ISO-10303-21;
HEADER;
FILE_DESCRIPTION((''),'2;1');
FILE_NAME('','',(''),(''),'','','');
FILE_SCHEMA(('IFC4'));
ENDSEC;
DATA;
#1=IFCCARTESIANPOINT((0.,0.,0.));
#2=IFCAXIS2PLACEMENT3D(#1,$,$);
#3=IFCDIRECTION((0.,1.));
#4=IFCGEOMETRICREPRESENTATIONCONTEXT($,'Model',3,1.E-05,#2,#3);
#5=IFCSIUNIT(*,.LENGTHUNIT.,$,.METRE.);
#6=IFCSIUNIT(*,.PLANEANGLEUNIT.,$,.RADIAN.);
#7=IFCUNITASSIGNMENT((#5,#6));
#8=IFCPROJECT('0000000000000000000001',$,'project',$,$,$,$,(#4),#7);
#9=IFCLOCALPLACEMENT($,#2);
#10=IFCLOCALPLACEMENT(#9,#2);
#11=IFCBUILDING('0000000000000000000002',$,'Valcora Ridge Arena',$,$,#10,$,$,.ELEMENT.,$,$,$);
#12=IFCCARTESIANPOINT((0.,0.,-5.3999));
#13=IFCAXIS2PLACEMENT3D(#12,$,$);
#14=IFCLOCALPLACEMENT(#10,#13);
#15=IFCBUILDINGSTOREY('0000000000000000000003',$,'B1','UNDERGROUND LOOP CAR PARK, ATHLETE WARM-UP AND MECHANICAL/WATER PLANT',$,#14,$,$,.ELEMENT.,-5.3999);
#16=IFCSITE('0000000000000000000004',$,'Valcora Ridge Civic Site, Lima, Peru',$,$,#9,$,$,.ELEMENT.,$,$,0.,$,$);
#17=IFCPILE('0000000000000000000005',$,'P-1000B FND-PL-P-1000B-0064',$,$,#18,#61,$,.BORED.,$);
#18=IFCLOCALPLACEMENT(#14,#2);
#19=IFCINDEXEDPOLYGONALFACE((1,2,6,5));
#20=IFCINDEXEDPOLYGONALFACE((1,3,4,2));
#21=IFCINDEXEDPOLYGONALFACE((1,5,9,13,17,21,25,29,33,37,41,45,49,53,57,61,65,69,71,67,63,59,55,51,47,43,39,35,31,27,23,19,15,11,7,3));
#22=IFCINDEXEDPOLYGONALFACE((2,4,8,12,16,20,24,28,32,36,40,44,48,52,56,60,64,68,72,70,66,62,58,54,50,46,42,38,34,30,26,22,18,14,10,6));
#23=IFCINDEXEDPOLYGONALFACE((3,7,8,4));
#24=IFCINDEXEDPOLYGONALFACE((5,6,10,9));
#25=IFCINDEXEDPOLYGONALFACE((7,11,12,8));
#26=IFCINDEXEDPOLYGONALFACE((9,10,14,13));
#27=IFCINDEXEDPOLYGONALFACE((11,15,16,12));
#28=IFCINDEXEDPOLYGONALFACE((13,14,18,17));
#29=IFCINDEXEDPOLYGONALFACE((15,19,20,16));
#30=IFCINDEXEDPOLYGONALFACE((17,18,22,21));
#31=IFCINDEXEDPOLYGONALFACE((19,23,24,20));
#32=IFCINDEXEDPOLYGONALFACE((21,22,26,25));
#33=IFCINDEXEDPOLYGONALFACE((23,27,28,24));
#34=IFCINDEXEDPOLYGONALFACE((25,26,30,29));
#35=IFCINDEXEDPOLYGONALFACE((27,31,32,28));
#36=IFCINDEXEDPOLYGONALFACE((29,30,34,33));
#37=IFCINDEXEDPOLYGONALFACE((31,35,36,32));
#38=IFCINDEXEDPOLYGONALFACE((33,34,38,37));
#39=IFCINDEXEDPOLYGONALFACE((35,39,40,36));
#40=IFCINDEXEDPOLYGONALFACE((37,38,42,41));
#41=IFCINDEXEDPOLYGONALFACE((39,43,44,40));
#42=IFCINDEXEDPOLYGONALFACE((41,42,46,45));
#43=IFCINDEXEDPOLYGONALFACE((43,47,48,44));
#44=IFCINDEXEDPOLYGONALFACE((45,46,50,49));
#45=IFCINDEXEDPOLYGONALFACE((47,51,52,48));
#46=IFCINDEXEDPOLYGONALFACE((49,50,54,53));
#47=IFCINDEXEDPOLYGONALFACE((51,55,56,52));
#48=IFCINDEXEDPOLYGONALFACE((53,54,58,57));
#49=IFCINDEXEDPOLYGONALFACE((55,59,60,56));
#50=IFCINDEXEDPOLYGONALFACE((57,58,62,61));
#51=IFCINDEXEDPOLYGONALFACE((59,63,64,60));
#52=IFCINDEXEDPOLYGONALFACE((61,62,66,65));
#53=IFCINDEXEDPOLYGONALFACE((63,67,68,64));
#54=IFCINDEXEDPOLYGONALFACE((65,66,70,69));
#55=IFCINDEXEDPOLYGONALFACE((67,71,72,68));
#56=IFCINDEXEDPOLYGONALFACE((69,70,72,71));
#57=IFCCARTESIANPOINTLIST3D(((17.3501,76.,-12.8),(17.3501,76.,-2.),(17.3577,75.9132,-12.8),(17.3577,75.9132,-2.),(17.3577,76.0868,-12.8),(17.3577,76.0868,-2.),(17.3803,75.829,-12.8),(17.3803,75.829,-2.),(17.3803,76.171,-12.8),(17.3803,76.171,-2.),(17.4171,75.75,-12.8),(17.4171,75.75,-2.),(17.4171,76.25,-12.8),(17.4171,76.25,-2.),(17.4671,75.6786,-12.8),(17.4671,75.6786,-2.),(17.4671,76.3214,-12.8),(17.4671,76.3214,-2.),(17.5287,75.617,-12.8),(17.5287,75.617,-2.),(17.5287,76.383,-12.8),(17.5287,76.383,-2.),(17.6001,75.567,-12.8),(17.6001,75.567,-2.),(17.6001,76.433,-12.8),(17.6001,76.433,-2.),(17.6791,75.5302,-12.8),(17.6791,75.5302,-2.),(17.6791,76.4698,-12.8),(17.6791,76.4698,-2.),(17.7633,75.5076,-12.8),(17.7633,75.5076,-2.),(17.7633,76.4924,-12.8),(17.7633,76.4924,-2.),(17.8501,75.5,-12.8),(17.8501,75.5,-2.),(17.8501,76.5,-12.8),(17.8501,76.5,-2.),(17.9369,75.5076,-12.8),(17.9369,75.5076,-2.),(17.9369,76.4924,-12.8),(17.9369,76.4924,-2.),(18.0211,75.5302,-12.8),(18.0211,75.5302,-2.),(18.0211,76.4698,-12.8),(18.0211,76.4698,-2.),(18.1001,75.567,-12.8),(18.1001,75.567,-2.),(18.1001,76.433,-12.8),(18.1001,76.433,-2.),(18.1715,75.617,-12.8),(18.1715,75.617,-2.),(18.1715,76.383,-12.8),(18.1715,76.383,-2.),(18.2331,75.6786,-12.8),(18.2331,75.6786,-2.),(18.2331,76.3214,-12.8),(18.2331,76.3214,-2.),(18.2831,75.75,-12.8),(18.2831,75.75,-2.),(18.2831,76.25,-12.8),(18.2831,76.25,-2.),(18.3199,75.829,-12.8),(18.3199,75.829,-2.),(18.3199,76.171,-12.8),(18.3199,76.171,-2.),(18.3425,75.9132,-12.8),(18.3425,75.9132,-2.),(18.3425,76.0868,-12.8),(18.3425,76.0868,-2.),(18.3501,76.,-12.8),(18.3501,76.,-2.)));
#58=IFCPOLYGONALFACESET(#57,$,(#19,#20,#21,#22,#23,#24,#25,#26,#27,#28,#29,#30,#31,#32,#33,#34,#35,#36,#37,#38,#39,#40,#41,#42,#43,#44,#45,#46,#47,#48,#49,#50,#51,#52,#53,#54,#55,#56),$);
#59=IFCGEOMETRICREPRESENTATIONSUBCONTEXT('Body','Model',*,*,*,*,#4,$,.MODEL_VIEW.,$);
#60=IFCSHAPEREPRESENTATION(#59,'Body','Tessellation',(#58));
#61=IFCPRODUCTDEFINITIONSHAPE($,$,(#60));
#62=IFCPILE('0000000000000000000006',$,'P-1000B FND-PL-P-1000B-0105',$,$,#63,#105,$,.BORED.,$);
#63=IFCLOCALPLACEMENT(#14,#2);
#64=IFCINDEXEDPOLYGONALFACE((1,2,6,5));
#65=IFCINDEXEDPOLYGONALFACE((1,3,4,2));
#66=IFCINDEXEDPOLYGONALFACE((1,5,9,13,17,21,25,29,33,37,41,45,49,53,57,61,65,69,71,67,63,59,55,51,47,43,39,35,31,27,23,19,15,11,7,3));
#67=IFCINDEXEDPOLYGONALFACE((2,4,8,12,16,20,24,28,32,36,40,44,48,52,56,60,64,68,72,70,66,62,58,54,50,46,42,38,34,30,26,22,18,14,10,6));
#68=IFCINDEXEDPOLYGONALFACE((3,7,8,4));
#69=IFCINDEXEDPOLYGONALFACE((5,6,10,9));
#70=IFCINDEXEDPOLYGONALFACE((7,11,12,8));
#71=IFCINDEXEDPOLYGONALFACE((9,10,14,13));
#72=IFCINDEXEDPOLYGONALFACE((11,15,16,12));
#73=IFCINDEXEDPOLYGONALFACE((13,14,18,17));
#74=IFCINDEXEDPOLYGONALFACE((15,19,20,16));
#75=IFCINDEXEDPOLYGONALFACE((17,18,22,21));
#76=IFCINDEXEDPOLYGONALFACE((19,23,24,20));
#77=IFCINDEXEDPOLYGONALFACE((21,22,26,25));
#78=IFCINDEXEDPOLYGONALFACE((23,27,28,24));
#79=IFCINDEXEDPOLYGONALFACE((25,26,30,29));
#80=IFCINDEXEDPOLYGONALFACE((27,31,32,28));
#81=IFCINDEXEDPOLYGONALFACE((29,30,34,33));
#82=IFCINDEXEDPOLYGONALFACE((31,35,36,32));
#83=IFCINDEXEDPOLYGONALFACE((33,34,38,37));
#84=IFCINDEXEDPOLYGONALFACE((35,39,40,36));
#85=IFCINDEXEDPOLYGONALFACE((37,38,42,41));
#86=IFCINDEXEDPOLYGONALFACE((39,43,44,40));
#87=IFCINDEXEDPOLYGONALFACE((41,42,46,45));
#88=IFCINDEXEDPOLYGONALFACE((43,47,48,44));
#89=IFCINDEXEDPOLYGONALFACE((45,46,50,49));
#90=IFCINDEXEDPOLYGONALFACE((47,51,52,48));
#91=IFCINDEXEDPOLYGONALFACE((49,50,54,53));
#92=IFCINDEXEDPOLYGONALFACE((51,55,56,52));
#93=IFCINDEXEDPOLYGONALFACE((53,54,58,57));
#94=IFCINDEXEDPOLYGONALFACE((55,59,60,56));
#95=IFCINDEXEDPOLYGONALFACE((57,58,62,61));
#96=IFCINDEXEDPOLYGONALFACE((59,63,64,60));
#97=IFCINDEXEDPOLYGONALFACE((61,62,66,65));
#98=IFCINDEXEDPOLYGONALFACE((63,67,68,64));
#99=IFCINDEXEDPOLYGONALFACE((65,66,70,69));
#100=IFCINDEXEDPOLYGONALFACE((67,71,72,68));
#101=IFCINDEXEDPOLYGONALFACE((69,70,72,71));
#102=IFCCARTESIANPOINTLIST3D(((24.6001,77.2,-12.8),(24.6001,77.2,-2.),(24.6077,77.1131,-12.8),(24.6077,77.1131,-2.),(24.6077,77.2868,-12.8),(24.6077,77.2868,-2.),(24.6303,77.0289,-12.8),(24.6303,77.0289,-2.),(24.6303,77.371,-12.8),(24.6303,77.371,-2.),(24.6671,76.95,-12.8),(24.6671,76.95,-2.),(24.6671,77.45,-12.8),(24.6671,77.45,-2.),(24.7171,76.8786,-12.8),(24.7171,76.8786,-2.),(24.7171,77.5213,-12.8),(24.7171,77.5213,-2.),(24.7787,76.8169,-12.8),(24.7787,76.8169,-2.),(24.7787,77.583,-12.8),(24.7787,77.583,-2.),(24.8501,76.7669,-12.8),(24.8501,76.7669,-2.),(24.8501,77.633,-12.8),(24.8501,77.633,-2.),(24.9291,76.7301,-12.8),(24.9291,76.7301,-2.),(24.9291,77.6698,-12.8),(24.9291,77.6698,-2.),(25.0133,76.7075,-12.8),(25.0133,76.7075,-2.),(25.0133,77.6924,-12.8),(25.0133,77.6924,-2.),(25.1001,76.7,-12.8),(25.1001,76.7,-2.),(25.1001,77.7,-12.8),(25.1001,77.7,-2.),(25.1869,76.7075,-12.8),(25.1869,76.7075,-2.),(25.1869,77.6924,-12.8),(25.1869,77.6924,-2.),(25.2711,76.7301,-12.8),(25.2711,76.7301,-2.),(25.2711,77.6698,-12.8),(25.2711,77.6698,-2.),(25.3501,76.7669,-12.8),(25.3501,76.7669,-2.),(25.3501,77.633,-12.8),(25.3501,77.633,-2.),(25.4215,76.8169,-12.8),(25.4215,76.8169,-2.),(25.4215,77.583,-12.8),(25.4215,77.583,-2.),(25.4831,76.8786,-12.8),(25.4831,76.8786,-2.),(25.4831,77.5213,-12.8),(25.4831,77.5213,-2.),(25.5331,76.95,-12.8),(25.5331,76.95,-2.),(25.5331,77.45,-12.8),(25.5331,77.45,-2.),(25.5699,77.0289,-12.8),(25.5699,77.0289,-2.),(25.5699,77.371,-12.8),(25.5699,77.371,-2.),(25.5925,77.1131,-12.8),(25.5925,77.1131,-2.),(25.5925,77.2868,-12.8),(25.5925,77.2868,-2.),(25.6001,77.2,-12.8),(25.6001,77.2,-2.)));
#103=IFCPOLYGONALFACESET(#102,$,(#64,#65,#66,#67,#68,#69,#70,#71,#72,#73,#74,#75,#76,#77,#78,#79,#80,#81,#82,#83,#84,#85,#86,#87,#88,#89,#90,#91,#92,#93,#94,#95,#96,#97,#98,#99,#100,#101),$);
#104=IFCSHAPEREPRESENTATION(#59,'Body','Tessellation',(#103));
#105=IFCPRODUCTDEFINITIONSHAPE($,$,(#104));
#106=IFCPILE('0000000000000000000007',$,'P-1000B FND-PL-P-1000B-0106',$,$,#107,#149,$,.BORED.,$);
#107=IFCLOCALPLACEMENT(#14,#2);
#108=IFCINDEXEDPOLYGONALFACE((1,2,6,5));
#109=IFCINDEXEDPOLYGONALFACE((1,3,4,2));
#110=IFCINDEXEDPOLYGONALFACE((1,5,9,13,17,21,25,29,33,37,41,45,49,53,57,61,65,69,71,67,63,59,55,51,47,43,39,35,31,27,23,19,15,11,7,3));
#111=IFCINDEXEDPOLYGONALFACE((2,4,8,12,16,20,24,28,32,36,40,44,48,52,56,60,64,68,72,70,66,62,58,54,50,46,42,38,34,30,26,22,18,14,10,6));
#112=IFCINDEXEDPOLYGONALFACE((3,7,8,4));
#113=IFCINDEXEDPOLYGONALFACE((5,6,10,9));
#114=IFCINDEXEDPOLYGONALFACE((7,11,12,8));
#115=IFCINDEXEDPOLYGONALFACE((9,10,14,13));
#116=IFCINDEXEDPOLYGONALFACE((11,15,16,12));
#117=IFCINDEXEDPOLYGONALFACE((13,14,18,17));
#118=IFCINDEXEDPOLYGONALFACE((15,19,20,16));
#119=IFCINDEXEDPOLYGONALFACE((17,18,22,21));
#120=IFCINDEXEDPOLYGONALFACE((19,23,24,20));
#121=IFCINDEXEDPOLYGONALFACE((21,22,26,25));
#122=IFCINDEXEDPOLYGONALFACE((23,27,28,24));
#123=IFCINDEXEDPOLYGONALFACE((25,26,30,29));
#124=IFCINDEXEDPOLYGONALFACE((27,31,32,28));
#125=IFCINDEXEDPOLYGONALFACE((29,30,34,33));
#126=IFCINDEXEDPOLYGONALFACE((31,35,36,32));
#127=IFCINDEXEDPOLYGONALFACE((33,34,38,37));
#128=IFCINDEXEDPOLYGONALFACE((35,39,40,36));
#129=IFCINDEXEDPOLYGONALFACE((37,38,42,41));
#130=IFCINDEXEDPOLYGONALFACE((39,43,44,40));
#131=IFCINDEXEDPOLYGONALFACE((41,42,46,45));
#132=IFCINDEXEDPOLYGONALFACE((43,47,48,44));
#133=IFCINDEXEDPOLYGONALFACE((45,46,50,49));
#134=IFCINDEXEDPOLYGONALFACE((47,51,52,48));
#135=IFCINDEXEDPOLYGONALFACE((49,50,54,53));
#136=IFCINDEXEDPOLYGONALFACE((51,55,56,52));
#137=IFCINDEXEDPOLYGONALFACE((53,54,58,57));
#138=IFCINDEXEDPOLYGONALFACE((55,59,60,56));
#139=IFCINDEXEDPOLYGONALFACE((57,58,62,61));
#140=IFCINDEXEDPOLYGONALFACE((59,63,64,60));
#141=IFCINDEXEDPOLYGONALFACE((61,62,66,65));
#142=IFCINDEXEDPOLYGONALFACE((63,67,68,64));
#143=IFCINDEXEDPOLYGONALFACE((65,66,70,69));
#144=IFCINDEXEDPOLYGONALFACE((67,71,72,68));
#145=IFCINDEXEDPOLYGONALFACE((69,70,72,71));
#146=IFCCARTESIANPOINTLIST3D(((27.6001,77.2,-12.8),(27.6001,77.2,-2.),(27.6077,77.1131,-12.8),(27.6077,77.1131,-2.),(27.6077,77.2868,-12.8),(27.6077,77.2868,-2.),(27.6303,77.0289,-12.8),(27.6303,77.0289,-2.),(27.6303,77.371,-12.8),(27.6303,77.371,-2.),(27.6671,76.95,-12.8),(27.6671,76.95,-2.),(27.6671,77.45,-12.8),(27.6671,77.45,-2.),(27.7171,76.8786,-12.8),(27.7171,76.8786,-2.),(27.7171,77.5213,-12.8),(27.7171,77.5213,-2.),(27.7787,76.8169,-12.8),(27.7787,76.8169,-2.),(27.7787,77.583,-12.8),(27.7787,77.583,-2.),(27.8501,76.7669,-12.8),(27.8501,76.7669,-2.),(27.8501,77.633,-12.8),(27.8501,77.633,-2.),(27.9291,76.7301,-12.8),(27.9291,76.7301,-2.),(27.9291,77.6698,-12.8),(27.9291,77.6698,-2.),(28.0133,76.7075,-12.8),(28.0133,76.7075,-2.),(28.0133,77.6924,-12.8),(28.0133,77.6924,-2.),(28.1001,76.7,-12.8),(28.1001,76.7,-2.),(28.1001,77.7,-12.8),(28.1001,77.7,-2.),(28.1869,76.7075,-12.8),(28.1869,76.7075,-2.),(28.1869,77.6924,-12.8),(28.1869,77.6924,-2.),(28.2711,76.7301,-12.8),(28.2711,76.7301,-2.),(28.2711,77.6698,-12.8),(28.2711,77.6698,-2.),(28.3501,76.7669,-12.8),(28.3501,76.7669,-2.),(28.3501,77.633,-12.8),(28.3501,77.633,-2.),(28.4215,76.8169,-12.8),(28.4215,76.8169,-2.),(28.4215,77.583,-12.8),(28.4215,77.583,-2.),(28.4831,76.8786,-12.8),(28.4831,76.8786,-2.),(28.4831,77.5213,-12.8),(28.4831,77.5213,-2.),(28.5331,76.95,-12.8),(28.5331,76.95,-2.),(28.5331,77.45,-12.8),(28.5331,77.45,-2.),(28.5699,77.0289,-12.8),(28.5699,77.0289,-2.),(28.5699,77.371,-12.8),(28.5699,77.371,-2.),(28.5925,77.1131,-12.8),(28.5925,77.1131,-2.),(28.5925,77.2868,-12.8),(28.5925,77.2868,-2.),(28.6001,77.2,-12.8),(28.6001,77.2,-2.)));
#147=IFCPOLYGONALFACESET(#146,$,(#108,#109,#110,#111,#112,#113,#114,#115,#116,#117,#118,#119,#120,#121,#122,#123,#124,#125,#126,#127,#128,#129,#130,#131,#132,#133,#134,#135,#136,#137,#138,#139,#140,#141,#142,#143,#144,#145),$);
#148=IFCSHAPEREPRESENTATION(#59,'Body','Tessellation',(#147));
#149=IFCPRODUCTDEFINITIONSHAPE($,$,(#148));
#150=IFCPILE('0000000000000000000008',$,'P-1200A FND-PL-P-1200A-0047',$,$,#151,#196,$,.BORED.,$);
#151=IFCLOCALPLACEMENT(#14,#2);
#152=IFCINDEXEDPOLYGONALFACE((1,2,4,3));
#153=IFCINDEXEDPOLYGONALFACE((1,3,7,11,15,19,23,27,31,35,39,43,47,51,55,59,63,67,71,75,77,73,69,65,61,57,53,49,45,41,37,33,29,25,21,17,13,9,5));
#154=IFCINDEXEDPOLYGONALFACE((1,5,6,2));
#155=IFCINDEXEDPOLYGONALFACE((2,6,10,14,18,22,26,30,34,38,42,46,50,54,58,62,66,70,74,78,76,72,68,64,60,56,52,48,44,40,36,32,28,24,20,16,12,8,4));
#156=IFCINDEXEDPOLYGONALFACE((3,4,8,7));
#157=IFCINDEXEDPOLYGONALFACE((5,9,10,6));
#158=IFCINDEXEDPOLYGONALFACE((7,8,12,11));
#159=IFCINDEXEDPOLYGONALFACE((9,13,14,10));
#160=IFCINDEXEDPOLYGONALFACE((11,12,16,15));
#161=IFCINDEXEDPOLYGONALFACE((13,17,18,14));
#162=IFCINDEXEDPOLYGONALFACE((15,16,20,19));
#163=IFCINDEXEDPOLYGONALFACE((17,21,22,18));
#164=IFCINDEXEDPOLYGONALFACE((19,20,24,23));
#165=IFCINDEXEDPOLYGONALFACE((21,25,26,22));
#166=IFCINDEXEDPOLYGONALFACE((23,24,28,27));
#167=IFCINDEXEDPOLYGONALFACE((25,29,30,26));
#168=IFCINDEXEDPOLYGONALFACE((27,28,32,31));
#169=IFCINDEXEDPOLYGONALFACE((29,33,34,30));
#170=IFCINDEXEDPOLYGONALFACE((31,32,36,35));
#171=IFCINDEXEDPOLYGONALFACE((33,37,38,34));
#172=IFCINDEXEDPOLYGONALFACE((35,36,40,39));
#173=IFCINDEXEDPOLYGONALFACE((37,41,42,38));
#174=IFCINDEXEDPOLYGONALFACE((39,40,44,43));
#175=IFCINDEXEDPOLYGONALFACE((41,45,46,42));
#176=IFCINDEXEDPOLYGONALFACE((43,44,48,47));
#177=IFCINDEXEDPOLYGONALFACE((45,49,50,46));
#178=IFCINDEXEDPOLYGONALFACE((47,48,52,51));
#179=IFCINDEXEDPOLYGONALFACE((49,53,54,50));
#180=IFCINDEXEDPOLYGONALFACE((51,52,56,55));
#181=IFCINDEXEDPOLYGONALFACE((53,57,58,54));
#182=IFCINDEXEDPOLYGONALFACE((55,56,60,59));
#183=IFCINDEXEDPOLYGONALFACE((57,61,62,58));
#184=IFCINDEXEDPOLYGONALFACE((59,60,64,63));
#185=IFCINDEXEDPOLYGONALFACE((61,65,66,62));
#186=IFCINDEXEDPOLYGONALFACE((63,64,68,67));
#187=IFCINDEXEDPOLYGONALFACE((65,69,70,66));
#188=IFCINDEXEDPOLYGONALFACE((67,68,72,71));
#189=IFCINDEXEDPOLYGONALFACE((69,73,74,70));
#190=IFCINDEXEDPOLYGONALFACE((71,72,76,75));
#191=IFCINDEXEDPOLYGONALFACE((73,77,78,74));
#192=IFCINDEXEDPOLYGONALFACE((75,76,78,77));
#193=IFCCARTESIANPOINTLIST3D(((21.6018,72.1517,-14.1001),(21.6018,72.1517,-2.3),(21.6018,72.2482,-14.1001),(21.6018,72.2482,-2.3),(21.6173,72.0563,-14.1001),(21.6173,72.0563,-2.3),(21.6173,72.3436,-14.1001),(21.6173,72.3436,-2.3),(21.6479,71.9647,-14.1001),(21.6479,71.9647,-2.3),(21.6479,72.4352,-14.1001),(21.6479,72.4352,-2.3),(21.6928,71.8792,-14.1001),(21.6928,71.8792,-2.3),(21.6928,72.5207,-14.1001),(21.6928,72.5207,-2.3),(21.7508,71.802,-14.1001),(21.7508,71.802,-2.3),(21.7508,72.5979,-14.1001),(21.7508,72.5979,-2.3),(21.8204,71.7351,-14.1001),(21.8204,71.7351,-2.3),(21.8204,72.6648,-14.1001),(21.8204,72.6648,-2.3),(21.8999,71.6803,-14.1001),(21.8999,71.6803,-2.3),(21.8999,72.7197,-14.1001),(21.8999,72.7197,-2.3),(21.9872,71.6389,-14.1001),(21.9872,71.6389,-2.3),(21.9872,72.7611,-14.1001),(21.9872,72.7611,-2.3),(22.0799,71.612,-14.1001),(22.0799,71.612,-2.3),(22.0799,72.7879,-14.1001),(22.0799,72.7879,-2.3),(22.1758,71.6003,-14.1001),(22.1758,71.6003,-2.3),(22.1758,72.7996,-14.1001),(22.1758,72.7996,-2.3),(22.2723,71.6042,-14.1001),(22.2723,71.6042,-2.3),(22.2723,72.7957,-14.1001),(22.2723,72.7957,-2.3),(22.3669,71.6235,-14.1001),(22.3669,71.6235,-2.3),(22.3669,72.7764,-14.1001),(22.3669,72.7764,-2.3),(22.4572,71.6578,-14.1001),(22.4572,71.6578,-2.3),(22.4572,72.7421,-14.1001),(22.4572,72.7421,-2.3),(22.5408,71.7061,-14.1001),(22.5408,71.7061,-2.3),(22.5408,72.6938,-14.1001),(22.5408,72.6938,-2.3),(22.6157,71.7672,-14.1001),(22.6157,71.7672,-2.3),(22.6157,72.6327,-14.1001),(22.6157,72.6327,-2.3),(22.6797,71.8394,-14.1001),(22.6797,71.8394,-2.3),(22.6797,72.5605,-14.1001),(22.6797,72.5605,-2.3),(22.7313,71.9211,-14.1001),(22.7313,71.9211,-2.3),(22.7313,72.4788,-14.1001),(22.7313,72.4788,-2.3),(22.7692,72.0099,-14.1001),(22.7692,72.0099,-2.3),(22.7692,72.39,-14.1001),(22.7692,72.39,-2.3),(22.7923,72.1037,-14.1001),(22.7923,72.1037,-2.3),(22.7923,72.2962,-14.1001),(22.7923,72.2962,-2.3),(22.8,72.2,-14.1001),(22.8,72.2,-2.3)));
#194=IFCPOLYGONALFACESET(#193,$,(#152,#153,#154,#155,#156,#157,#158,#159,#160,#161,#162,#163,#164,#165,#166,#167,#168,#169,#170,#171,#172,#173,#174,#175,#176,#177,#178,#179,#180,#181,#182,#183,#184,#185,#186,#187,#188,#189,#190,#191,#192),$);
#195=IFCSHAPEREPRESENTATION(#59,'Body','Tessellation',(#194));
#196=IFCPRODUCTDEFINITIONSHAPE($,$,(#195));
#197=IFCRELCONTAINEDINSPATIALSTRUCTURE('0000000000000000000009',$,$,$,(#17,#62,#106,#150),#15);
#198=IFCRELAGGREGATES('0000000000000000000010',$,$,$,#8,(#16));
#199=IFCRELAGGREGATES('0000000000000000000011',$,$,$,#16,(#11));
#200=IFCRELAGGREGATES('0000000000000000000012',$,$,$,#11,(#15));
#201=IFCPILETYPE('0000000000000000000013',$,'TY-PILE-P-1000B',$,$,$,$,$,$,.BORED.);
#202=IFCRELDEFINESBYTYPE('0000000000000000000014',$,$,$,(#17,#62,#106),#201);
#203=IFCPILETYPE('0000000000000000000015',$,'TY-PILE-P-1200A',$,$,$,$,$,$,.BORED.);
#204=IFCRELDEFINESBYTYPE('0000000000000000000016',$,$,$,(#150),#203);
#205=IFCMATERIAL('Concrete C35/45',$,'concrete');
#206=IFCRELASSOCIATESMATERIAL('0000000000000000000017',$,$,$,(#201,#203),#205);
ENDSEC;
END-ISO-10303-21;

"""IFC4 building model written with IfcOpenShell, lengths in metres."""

from ifc_helpers import new_model, si_unit, direction, frame, origin, origin_2d, place, context, subcontext, project, spatial, circle, extrude, material, material_profile, profile_set, type_object, element, save


model = new_model("IFC4")

# Units and contexts
model_context = context("Model", 3, precision=1e-05, world=origin(), true_north=direction((0.0, 1.0)))
body_context = subcontext(model_context, "Body", "Model", "MODEL_VIEW")
ifc_project = project(units=[si_unit("LENGTHUNIT", "METRE"), si_unit("PLANEANGLEUNIT", "RADIAN")], contexts=[model_context])

# Site, building, storey
site_placement = place(None, origin())
site = spatial("IfcSite", under=ifc_project, at=site_placement, Name="Valcora Ridge Civic Site, Lima, Peru", CompositionType="ELEMENT", RefElevation=0.0)
building_placement = place(site_placement, origin())
building = spatial("IfcBuilding", under=site, at=building_placement, Name="Valcora Ridge Arena", CompositionType="ELEMENT")
storey_placement = place(building_placement, frame((0.0, 0.0, -5.3999)))
storey = spatial("IfcBuildingStorey", under=building, at=storey_placement, Name="B1", Description="UNDERGROUND LOOP CAR PARK, ATHLETE WARM-UP AND MECHANICAL/WATER PLANT", CompositionType="ELEMENT", Elevation=-5.3999)

# Piles
ifc_material_1 = material(Name="Concrete C35/45", Category="concrete")
ifc_material_profile_1 = material_profile(ifc_material_1, circle(Radius=0.5, at=origin_2d()), Name="BORED PILE D1000")
ifc_profile_set_1 = profile_set([ifc_material_profile_1], Name="Concrete C35/45")
pile_type_1 = type_object("IfcPileType", Name="TY-PILE-P-1000B", PredefinedType="BORED", material=ifc_profile_set_1)
for number, where, z_axis, x_axis, name in (
    (1, (17.8501, 76.0, -2.0), (0.0, 0.0, -1.0), (1.0, 0.0, 0.0), "P-1000B FND-PL-P-1000B-0064"),
    (2, (25.1001, 77.2, -2.0), (0.0, 0.0, -1.0), (1.0, 0.0, 0.0), "P-1000B FND-PL-P-1000B-0105"),
    (3, (28.1001, 77.2, -2.0), (0.0, 0.0, -1.0), (1.0, 0.0, 0.0), "P-1000B FND-PL-P-1000B-0106"),
):
    element("IfcPile", number, at=place(storey_placement, frame(where, z_axis=z_axis, x_axis=x_axis)), inside=storey, type_object=pile_type_1, Name=name, PredefinedType="BORED", context=body_context, shape_type="SweptSolid", body=[
        extrude(circle(Radius=0.5, at=origin_2d()), origin(), (0.0, 0.0, 1.0), 10.8),
    ])
ifc_material_profile_2 = material_profile(ifc_material_1, circle(Radius=0.6001, at=origin_2d()), Name="BORED PILE D1200")
ifc_profile_set_2 = profile_set([ifc_material_profile_2], Name="Concrete C35/45")
pile_type_2 = type_object("IfcPileType", Name="TY-PILE-P-1200A", PredefinedType="BORED", material=ifc_profile_set_2)
for number, where, z_axis, x_axis, name in (
    (4, (22.2, 72.2, -2.3), (0.0, 0.0, -1.0), (1.0, 0.0, 0.0), "P-1200A FND-PL-P-1200A-0047"),
):
    element("IfcPile", number, at=place(storey_placement, frame(where, z_axis=z_axis, x_axis=x_axis)), inside=storey, type_object=pile_type_2, Name=name, PredefinedType="BORED", context=body_context, shape_type="SweptSolid", body=[
        extrude(circle(Radius=0.6001, at=origin_2d()), origin(), (0.0, 0.0, 1.0), 11.8),
    ])

save(model, "model.ifc")
